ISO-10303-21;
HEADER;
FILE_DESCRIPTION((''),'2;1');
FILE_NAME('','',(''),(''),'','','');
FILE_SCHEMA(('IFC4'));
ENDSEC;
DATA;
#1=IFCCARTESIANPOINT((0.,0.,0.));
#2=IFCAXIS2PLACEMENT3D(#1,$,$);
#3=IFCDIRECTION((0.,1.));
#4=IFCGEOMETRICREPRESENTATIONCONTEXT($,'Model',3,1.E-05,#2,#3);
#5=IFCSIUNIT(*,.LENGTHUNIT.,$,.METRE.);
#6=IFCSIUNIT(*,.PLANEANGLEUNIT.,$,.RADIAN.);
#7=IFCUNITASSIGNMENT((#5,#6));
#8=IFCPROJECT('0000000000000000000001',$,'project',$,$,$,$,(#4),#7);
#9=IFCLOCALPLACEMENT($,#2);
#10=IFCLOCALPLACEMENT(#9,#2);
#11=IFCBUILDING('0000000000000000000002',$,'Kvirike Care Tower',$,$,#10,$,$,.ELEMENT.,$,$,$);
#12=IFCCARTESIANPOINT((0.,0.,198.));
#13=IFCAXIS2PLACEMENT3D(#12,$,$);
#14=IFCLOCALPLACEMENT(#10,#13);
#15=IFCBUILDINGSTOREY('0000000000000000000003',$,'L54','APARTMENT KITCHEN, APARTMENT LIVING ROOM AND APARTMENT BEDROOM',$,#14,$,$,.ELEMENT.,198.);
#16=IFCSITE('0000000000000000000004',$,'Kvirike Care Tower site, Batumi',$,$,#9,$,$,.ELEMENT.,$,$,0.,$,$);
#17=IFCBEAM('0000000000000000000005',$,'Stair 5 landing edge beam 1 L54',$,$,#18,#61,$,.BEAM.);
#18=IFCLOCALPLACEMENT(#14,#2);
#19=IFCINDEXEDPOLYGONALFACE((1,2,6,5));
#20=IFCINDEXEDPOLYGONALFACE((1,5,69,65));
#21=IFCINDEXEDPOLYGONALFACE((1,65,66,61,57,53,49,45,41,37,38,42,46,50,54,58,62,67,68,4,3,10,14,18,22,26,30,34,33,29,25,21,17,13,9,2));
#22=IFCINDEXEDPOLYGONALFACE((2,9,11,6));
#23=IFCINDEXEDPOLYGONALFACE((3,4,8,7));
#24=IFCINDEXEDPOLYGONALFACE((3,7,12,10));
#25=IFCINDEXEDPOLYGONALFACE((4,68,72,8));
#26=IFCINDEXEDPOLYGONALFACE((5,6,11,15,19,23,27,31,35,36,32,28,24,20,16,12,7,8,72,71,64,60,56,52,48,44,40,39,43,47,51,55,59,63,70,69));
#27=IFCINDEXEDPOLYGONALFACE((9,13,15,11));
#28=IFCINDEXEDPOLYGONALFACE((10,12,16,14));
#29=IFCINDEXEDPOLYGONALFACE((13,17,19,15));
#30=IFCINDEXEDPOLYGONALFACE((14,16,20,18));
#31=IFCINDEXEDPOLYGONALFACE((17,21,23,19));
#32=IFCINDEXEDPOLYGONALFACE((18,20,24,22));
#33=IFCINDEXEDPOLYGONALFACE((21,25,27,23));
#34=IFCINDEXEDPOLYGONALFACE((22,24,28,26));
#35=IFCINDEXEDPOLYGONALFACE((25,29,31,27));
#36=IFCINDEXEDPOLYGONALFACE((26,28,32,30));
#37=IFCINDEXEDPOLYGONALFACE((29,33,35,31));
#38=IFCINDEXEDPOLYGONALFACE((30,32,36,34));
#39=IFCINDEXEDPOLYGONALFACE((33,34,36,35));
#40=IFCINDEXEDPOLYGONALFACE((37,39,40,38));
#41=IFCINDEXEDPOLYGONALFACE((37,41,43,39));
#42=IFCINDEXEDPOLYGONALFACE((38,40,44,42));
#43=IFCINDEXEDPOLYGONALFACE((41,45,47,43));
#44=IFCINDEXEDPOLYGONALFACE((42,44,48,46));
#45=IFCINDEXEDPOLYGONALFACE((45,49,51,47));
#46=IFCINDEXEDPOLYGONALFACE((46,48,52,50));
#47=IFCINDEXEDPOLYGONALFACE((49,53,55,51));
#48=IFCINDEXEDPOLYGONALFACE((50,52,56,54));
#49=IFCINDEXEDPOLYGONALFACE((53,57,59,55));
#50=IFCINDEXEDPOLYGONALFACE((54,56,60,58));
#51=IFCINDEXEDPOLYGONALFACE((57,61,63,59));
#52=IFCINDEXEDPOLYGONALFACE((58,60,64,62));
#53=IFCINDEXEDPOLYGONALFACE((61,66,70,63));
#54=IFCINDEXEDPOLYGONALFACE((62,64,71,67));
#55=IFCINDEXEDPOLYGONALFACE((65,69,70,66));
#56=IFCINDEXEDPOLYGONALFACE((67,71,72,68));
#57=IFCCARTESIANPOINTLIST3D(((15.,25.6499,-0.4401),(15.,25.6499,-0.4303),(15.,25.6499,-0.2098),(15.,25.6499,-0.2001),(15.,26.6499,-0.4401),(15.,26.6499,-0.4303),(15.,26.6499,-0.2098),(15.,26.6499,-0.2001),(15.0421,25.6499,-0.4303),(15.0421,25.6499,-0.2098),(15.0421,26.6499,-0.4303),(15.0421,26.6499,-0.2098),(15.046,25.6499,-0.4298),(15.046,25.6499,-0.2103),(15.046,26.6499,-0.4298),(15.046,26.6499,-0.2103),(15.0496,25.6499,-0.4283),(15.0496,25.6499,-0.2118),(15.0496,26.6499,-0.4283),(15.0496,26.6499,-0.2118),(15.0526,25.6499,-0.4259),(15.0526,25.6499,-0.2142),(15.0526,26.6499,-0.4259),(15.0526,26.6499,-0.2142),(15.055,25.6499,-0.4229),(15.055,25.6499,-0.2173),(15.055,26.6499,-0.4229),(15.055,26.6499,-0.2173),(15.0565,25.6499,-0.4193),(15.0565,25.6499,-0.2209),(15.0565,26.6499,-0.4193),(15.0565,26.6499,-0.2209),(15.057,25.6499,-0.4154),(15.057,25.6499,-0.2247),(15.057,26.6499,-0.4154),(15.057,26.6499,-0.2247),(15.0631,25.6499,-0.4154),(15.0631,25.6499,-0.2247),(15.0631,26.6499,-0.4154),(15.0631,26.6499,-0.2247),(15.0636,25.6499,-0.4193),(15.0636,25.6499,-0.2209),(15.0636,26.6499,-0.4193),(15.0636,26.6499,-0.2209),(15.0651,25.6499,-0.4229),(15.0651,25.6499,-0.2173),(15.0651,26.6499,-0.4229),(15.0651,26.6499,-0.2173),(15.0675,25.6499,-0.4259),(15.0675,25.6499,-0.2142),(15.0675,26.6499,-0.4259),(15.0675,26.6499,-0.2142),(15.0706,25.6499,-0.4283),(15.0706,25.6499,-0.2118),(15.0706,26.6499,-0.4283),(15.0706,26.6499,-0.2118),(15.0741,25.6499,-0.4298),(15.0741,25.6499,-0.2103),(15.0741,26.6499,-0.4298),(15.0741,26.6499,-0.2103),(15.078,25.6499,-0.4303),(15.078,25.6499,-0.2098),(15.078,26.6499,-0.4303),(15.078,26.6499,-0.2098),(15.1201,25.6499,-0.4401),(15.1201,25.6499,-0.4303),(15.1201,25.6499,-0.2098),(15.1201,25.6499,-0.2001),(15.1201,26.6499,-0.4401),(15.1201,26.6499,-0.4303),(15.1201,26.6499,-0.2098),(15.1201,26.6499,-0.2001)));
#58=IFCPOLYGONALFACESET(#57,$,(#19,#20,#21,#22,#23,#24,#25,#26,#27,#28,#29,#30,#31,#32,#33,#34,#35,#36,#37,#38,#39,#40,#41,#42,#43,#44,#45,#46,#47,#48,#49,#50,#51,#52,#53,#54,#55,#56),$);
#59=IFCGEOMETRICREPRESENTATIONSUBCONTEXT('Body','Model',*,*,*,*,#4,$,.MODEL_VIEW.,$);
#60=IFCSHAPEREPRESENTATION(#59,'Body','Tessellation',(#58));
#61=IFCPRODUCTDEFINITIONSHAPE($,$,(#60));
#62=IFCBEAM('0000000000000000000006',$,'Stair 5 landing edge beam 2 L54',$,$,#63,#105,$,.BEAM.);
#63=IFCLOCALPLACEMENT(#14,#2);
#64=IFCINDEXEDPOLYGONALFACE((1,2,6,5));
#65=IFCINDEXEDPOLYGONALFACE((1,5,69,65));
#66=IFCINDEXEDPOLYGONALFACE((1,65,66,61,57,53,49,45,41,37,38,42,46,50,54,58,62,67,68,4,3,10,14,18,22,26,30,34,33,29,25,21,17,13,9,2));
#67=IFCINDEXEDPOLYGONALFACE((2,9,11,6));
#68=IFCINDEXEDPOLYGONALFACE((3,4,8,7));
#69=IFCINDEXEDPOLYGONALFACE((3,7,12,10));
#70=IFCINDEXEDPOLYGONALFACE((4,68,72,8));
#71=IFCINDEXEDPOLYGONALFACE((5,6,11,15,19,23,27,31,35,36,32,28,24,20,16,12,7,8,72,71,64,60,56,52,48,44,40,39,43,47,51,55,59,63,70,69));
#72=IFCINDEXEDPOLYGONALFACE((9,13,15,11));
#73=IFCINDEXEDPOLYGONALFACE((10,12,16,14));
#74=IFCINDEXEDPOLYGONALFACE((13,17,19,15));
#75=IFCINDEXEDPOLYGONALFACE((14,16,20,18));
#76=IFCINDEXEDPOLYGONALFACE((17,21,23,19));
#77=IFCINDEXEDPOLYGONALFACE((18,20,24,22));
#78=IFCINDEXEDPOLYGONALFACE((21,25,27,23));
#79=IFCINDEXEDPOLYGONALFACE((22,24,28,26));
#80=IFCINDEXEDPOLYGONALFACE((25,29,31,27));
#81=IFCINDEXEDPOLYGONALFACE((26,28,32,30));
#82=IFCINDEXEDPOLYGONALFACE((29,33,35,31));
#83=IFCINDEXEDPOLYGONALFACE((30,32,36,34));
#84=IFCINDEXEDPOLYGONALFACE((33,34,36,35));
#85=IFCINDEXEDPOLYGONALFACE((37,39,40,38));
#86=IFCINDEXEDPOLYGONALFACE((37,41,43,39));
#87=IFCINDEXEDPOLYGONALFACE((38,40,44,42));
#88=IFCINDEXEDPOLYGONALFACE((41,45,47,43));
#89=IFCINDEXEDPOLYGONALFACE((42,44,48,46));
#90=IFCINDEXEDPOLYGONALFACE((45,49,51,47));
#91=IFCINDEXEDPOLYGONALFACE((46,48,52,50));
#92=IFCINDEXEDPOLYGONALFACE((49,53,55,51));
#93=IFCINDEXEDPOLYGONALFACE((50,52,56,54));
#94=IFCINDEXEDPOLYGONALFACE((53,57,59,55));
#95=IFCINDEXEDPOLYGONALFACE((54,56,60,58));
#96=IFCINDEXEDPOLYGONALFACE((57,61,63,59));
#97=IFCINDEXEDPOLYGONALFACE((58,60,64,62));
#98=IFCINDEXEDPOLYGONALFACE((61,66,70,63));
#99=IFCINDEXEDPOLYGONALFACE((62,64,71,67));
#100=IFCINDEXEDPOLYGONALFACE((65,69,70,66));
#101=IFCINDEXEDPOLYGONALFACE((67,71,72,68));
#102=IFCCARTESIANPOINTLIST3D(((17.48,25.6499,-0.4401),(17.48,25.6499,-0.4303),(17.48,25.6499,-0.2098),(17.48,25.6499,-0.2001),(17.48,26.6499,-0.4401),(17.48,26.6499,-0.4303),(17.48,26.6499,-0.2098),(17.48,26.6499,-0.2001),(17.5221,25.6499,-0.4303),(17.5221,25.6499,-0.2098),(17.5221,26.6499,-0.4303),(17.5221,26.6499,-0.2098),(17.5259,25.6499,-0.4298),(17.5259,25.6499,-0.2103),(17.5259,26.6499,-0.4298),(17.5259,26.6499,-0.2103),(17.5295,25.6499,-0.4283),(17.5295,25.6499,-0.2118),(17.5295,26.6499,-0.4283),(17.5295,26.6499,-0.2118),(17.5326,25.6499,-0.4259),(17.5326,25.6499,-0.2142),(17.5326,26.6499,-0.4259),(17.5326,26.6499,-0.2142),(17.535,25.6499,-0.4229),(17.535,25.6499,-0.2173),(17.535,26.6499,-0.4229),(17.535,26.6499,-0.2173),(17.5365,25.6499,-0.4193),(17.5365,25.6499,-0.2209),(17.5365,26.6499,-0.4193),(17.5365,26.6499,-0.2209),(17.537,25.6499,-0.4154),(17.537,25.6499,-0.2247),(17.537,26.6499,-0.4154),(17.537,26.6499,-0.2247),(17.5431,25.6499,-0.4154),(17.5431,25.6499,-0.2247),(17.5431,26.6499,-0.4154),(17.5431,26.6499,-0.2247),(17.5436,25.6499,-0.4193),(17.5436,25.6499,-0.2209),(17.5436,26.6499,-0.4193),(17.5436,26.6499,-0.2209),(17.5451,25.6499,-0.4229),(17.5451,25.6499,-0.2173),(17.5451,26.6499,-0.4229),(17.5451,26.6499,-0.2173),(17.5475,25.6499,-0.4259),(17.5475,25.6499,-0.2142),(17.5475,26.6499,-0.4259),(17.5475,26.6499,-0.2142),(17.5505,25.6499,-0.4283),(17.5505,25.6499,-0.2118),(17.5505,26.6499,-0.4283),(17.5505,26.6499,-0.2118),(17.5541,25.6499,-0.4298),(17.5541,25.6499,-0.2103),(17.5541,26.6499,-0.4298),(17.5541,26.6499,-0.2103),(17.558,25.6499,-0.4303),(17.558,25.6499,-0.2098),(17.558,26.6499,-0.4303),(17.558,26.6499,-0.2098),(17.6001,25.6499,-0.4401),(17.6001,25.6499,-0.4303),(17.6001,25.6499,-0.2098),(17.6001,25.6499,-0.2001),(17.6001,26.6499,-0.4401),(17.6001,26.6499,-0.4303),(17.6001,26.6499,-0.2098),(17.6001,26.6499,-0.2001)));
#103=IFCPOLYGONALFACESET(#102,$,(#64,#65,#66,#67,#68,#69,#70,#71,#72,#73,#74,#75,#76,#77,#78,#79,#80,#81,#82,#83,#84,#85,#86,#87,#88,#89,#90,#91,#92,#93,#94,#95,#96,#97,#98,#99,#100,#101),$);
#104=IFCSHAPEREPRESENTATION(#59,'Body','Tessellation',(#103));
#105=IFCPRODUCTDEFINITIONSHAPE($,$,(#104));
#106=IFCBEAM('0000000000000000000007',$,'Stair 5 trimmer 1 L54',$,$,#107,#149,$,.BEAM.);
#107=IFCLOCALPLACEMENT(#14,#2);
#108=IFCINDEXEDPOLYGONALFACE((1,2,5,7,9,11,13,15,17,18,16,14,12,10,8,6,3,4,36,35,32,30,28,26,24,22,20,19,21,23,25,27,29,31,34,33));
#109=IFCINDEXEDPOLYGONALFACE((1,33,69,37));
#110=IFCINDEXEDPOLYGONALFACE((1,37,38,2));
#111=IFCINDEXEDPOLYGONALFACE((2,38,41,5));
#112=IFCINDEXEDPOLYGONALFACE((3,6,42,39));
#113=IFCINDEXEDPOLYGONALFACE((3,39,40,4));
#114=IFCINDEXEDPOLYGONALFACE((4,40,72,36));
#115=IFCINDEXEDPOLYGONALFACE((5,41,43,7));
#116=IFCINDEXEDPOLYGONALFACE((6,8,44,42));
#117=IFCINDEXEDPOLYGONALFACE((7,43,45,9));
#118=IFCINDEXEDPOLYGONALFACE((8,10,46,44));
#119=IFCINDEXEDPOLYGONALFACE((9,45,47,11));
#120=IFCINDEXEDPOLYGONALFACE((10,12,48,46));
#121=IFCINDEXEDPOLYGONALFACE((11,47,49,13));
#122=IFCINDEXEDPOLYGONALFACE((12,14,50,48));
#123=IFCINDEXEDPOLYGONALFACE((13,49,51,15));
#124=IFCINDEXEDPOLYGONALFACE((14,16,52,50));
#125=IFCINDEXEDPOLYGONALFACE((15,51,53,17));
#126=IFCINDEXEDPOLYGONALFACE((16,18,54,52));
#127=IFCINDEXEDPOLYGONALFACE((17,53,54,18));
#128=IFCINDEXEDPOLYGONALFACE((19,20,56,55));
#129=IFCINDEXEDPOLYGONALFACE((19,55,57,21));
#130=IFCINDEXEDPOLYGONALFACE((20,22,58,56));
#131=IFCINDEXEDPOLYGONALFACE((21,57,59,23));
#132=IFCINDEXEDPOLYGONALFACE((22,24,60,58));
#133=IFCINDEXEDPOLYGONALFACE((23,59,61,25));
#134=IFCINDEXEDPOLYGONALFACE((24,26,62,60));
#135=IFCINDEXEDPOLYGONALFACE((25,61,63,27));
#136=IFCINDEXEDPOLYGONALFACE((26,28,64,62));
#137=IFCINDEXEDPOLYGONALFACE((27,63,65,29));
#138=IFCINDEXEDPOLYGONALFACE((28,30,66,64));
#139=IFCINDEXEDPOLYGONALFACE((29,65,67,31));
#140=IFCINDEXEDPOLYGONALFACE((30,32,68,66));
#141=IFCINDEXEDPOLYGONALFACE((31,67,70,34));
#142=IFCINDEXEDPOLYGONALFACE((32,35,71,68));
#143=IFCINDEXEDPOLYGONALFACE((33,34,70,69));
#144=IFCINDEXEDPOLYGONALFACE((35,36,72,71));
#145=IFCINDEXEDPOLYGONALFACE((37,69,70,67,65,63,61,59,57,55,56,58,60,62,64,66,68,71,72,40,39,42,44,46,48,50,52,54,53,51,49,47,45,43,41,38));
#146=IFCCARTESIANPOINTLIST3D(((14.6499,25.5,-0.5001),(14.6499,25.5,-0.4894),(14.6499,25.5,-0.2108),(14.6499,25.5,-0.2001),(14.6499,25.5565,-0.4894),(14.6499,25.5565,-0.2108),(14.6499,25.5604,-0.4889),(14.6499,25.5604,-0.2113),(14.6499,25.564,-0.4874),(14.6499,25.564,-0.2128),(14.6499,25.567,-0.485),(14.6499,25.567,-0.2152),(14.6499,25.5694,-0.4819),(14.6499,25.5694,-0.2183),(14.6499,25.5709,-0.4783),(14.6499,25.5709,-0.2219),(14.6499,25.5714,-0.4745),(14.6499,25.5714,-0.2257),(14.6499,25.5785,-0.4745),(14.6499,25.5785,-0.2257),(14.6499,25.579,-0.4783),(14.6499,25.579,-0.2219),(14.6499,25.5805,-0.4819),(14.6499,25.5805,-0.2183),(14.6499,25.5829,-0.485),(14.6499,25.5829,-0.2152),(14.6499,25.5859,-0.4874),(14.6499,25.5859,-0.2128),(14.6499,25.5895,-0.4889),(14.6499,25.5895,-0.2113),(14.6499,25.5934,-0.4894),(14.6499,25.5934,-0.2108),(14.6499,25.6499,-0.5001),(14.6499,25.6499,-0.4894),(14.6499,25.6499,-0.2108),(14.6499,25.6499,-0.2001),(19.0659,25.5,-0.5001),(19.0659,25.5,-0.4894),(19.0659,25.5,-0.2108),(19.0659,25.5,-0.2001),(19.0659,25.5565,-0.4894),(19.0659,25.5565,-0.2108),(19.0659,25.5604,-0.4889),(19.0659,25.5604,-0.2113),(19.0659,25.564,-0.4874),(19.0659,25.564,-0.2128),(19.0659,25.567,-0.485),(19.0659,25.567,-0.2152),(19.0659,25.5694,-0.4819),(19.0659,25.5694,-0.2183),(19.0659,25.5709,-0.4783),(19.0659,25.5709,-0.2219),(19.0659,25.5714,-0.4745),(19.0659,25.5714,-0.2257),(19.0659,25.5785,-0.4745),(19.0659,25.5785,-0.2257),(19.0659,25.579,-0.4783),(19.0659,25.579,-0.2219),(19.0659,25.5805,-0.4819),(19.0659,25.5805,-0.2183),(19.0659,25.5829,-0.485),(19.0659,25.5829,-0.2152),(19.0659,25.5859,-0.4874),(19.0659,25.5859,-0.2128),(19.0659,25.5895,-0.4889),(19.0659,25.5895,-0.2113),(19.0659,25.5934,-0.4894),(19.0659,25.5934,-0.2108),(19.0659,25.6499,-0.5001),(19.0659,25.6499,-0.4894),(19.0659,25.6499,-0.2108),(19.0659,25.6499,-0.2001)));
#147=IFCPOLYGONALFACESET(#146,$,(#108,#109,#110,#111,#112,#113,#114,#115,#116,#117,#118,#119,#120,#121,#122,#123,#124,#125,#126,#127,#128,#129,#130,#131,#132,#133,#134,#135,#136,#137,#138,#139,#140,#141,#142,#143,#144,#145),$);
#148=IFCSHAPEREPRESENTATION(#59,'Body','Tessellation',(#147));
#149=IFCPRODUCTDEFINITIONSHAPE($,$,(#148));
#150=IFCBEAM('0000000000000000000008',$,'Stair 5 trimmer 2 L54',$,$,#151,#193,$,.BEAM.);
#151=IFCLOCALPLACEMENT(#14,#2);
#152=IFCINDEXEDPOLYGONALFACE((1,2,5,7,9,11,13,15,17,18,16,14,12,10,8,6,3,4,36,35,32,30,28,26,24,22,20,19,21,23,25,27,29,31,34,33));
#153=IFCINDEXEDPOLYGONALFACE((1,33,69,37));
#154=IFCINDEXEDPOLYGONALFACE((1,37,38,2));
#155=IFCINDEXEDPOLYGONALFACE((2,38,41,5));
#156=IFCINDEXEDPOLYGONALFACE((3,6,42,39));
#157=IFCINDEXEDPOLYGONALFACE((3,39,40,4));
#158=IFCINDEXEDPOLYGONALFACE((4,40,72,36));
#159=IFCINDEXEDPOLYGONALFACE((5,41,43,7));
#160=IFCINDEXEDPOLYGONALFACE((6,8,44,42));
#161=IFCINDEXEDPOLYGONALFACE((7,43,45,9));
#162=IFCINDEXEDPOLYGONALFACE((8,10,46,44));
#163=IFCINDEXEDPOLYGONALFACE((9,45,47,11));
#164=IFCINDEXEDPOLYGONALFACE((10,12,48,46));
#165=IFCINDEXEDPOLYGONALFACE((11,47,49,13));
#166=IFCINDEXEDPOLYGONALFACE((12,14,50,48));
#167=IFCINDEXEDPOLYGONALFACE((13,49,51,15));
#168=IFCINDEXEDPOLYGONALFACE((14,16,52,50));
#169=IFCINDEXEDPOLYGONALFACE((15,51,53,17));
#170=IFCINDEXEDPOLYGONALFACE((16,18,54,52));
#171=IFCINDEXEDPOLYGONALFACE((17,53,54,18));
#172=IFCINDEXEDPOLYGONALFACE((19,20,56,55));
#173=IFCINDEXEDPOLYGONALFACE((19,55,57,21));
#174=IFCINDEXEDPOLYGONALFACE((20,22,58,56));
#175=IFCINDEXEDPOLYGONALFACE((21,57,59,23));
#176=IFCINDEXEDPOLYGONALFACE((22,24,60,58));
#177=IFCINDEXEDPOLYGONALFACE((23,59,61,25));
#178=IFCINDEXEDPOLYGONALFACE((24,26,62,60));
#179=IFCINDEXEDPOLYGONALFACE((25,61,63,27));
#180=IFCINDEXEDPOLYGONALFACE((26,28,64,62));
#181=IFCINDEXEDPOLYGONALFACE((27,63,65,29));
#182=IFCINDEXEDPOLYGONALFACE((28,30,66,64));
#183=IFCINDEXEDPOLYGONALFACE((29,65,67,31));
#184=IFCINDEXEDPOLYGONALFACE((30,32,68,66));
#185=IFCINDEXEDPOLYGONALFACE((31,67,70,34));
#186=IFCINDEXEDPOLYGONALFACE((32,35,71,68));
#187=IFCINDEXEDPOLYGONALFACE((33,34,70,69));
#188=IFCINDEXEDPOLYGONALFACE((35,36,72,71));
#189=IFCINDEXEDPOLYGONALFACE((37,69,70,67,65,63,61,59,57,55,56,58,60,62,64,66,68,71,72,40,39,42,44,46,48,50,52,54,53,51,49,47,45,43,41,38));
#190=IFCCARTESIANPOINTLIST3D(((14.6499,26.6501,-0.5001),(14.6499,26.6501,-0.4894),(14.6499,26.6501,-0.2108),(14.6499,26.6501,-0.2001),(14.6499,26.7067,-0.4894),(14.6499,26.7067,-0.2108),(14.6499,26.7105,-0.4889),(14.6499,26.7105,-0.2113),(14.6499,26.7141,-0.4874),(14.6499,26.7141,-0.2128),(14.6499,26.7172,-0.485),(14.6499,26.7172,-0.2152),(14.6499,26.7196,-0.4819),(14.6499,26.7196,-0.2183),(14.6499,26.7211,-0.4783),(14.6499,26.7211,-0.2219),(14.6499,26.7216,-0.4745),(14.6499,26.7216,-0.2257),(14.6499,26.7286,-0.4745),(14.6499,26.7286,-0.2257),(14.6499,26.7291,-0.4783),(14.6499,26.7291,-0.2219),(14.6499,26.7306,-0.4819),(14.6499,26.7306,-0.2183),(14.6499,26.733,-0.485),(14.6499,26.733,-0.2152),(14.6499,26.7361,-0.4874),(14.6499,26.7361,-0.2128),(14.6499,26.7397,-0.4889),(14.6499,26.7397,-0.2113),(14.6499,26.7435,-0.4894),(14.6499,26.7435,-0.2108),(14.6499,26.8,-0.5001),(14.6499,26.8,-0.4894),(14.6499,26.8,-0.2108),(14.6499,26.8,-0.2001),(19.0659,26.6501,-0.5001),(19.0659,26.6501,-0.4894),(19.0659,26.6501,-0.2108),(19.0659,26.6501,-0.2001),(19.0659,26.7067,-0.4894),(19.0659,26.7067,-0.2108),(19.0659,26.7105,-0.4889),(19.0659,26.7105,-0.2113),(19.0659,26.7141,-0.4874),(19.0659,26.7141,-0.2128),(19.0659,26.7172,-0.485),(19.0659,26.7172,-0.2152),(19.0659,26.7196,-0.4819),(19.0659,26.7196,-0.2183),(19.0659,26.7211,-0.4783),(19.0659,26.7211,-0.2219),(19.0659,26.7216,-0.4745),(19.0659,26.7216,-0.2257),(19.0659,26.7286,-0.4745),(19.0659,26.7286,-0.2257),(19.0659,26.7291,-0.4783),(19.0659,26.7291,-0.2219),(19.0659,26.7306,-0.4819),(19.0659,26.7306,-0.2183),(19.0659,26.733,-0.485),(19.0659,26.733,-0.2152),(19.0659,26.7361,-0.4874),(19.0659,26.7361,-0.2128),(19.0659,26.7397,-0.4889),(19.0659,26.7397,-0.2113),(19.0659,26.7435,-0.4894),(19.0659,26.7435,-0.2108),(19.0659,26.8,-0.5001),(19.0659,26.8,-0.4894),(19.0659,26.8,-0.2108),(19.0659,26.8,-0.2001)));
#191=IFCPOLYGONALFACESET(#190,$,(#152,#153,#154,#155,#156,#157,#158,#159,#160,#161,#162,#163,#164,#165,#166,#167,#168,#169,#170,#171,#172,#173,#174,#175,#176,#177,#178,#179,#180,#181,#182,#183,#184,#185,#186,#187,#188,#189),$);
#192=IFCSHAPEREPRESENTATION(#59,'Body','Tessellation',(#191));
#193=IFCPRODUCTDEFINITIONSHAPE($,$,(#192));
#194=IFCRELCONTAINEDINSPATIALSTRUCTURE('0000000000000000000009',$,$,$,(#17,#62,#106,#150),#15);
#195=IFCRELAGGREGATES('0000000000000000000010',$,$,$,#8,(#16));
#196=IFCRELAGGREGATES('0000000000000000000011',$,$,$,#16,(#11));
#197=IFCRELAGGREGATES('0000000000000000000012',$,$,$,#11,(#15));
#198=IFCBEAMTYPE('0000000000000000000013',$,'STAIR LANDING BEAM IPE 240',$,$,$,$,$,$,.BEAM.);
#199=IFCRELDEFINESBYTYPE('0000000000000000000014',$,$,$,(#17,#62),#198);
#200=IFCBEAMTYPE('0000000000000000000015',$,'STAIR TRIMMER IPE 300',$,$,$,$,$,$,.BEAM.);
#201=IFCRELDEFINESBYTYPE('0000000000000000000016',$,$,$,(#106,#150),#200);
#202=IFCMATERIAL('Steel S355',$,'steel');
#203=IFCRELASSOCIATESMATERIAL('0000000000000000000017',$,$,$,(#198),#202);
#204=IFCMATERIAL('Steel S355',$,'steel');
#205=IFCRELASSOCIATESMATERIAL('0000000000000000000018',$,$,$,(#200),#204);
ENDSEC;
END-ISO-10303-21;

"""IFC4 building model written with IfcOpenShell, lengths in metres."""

from ifc_helpers import new_model, si_unit, direction, frame, origin, origin_2d, place, context, subcontext, project, spatial, i_section, extrude, material, material_profile, profile_set, type_object, element, save


model = new_model("IFC4")

# Units and contexts
model_context = context("Model", 3, precision=1e-05, world=origin(), true_north=direction((0.0, 1.0)))
body_context = subcontext(model_context, "Body", "Model", "MODEL_VIEW")
ifc_project = project(units=[si_unit("LENGTHUNIT", "METRE"), si_unit("PLANEANGLEUNIT", "RADIAN")], contexts=[model_context])

# Site, building, storey
site_placement = place(None, origin())
site = spatial("IfcSite", under=ifc_project, at=site_placement, Name="Kvirike Care Tower site, Batumi", CompositionType="ELEMENT", RefElevation=0.0)
building_placement = place(site_placement, origin())
building = spatial("IfcBuilding", under=site, at=building_placement, Name="Kvirike Care Tower", CompositionType="ELEMENT")
storey_placement = place(building_placement, frame((0.0, 0.0, 198.0)))
storey = spatial("IfcBuildingStorey", under=building, at=storey_placement, Name="L54", Description="APARTMENT KITCHEN, APARTMENT LIVING ROOM AND APARTMENT BEDROOM", CompositionType="ELEMENT", Elevation=198.0)

# Beams
ifc_material_1 = material(Name="Steel S355", Category="steel")
ifc_material_profile_1 = material_profile(ifc_material_1, i_section(OverallWidth=0.1201, OverallDepth=0.24, WebThickness=0.0061, FlangeThickness=0.0098, FilletRadius=0.0149, at=origin_2d()), Name="IPE 240")
ifc_profile_set_1 = profile_set([ifc_material_profile_1], Name="Steel S355")
beam_type_1 = type_object("IfcBeamType", Name="STAIR LANDING BEAM IPE 240", PredefinedType="BEAM", material=ifc_profile_set_1)
for number, where, z_axis, x_axis, name in (
    (1, (15.0601, 25.6499, -0.3201), (0.0, 1.0, 0.0), (-1.0, 0.0, 0.0), "Stair 5 landing edge beam 1 L54"),
    (2, (17.54, 25.6499, -0.3201), (0.0, 1.0, 0.0), (-1.0, 0.0, 0.0), "Stair 5 landing edge beam 2 L54"),
):
    element("IfcBeam", number, at=place(storey_placement, frame(where, z_axis=z_axis, x_axis=x_axis)), inside=storey, type_object=beam_type_1, Name=name, PredefinedType="BEAM", context=body_context, shape_type="SweptSolid", body=[
        extrude(i_section(OverallWidth=0.1201, OverallDepth=0.24, WebThickness=0.0061, FlangeThickness=0.0098, FilletRadius=0.0149, at=origin_2d()), origin(), (0.0, 0.0, 1.0), 1.0),
    ])
ifc_material_2 = material(Name="Steel S355", Category="steel")
ifc_material_profile_2 = material_profile(ifc_material_2, i_section(OverallWidth=0.1499, OverallDepth=0.3, WebThickness=0.0071, FlangeThickness=0.0107, FilletRadius=0.0149, at=origin_2d()), Name="IPE 300")
ifc_profile_set_2 = profile_set([ifc_material_profile_2], Name="Steel S355")
beam_type_2 = type_object("IfcBeamType", Name="STAIR TRIMMER IPE 300", PredefinedType="BEAM", material=ifc_profile_set_2)
for number, where, z_axis, x_axis, name in (
    (3, (14.6499, 25.575, -0.3501), (1.0, 0.0, 0.0), (0.0, 1.0, 0.0), "Stair 5 trimmer 1 L54"),
    (4, (14.6499, 26.7251, -0.3501), (1.0, 0.0, 0.0), (0.0, 1.0, 0.0), "Stair 5 trimmer 2 L54"),
):
    element("IfcBeam", number, at=place(storey_placement, frame(where, z_axis=z_axis, x_axis=x_axis)), inside=storey, type_object=beam_type_2, Name=name, PredefinedType="BEAM", context=body_context, shape_type="SweptSolid", body=[
        extrude(i_section(OverallWidth=0.1499, OverallDepth=0.3, WebThickness=0.0071, FlangeThickness=0.0107, FilletRadius=0.0149, at=origin_2d()), origin(), (0.0, 0.0, 1.0), 4.416),
    ])

save(model, "model.ifc")
